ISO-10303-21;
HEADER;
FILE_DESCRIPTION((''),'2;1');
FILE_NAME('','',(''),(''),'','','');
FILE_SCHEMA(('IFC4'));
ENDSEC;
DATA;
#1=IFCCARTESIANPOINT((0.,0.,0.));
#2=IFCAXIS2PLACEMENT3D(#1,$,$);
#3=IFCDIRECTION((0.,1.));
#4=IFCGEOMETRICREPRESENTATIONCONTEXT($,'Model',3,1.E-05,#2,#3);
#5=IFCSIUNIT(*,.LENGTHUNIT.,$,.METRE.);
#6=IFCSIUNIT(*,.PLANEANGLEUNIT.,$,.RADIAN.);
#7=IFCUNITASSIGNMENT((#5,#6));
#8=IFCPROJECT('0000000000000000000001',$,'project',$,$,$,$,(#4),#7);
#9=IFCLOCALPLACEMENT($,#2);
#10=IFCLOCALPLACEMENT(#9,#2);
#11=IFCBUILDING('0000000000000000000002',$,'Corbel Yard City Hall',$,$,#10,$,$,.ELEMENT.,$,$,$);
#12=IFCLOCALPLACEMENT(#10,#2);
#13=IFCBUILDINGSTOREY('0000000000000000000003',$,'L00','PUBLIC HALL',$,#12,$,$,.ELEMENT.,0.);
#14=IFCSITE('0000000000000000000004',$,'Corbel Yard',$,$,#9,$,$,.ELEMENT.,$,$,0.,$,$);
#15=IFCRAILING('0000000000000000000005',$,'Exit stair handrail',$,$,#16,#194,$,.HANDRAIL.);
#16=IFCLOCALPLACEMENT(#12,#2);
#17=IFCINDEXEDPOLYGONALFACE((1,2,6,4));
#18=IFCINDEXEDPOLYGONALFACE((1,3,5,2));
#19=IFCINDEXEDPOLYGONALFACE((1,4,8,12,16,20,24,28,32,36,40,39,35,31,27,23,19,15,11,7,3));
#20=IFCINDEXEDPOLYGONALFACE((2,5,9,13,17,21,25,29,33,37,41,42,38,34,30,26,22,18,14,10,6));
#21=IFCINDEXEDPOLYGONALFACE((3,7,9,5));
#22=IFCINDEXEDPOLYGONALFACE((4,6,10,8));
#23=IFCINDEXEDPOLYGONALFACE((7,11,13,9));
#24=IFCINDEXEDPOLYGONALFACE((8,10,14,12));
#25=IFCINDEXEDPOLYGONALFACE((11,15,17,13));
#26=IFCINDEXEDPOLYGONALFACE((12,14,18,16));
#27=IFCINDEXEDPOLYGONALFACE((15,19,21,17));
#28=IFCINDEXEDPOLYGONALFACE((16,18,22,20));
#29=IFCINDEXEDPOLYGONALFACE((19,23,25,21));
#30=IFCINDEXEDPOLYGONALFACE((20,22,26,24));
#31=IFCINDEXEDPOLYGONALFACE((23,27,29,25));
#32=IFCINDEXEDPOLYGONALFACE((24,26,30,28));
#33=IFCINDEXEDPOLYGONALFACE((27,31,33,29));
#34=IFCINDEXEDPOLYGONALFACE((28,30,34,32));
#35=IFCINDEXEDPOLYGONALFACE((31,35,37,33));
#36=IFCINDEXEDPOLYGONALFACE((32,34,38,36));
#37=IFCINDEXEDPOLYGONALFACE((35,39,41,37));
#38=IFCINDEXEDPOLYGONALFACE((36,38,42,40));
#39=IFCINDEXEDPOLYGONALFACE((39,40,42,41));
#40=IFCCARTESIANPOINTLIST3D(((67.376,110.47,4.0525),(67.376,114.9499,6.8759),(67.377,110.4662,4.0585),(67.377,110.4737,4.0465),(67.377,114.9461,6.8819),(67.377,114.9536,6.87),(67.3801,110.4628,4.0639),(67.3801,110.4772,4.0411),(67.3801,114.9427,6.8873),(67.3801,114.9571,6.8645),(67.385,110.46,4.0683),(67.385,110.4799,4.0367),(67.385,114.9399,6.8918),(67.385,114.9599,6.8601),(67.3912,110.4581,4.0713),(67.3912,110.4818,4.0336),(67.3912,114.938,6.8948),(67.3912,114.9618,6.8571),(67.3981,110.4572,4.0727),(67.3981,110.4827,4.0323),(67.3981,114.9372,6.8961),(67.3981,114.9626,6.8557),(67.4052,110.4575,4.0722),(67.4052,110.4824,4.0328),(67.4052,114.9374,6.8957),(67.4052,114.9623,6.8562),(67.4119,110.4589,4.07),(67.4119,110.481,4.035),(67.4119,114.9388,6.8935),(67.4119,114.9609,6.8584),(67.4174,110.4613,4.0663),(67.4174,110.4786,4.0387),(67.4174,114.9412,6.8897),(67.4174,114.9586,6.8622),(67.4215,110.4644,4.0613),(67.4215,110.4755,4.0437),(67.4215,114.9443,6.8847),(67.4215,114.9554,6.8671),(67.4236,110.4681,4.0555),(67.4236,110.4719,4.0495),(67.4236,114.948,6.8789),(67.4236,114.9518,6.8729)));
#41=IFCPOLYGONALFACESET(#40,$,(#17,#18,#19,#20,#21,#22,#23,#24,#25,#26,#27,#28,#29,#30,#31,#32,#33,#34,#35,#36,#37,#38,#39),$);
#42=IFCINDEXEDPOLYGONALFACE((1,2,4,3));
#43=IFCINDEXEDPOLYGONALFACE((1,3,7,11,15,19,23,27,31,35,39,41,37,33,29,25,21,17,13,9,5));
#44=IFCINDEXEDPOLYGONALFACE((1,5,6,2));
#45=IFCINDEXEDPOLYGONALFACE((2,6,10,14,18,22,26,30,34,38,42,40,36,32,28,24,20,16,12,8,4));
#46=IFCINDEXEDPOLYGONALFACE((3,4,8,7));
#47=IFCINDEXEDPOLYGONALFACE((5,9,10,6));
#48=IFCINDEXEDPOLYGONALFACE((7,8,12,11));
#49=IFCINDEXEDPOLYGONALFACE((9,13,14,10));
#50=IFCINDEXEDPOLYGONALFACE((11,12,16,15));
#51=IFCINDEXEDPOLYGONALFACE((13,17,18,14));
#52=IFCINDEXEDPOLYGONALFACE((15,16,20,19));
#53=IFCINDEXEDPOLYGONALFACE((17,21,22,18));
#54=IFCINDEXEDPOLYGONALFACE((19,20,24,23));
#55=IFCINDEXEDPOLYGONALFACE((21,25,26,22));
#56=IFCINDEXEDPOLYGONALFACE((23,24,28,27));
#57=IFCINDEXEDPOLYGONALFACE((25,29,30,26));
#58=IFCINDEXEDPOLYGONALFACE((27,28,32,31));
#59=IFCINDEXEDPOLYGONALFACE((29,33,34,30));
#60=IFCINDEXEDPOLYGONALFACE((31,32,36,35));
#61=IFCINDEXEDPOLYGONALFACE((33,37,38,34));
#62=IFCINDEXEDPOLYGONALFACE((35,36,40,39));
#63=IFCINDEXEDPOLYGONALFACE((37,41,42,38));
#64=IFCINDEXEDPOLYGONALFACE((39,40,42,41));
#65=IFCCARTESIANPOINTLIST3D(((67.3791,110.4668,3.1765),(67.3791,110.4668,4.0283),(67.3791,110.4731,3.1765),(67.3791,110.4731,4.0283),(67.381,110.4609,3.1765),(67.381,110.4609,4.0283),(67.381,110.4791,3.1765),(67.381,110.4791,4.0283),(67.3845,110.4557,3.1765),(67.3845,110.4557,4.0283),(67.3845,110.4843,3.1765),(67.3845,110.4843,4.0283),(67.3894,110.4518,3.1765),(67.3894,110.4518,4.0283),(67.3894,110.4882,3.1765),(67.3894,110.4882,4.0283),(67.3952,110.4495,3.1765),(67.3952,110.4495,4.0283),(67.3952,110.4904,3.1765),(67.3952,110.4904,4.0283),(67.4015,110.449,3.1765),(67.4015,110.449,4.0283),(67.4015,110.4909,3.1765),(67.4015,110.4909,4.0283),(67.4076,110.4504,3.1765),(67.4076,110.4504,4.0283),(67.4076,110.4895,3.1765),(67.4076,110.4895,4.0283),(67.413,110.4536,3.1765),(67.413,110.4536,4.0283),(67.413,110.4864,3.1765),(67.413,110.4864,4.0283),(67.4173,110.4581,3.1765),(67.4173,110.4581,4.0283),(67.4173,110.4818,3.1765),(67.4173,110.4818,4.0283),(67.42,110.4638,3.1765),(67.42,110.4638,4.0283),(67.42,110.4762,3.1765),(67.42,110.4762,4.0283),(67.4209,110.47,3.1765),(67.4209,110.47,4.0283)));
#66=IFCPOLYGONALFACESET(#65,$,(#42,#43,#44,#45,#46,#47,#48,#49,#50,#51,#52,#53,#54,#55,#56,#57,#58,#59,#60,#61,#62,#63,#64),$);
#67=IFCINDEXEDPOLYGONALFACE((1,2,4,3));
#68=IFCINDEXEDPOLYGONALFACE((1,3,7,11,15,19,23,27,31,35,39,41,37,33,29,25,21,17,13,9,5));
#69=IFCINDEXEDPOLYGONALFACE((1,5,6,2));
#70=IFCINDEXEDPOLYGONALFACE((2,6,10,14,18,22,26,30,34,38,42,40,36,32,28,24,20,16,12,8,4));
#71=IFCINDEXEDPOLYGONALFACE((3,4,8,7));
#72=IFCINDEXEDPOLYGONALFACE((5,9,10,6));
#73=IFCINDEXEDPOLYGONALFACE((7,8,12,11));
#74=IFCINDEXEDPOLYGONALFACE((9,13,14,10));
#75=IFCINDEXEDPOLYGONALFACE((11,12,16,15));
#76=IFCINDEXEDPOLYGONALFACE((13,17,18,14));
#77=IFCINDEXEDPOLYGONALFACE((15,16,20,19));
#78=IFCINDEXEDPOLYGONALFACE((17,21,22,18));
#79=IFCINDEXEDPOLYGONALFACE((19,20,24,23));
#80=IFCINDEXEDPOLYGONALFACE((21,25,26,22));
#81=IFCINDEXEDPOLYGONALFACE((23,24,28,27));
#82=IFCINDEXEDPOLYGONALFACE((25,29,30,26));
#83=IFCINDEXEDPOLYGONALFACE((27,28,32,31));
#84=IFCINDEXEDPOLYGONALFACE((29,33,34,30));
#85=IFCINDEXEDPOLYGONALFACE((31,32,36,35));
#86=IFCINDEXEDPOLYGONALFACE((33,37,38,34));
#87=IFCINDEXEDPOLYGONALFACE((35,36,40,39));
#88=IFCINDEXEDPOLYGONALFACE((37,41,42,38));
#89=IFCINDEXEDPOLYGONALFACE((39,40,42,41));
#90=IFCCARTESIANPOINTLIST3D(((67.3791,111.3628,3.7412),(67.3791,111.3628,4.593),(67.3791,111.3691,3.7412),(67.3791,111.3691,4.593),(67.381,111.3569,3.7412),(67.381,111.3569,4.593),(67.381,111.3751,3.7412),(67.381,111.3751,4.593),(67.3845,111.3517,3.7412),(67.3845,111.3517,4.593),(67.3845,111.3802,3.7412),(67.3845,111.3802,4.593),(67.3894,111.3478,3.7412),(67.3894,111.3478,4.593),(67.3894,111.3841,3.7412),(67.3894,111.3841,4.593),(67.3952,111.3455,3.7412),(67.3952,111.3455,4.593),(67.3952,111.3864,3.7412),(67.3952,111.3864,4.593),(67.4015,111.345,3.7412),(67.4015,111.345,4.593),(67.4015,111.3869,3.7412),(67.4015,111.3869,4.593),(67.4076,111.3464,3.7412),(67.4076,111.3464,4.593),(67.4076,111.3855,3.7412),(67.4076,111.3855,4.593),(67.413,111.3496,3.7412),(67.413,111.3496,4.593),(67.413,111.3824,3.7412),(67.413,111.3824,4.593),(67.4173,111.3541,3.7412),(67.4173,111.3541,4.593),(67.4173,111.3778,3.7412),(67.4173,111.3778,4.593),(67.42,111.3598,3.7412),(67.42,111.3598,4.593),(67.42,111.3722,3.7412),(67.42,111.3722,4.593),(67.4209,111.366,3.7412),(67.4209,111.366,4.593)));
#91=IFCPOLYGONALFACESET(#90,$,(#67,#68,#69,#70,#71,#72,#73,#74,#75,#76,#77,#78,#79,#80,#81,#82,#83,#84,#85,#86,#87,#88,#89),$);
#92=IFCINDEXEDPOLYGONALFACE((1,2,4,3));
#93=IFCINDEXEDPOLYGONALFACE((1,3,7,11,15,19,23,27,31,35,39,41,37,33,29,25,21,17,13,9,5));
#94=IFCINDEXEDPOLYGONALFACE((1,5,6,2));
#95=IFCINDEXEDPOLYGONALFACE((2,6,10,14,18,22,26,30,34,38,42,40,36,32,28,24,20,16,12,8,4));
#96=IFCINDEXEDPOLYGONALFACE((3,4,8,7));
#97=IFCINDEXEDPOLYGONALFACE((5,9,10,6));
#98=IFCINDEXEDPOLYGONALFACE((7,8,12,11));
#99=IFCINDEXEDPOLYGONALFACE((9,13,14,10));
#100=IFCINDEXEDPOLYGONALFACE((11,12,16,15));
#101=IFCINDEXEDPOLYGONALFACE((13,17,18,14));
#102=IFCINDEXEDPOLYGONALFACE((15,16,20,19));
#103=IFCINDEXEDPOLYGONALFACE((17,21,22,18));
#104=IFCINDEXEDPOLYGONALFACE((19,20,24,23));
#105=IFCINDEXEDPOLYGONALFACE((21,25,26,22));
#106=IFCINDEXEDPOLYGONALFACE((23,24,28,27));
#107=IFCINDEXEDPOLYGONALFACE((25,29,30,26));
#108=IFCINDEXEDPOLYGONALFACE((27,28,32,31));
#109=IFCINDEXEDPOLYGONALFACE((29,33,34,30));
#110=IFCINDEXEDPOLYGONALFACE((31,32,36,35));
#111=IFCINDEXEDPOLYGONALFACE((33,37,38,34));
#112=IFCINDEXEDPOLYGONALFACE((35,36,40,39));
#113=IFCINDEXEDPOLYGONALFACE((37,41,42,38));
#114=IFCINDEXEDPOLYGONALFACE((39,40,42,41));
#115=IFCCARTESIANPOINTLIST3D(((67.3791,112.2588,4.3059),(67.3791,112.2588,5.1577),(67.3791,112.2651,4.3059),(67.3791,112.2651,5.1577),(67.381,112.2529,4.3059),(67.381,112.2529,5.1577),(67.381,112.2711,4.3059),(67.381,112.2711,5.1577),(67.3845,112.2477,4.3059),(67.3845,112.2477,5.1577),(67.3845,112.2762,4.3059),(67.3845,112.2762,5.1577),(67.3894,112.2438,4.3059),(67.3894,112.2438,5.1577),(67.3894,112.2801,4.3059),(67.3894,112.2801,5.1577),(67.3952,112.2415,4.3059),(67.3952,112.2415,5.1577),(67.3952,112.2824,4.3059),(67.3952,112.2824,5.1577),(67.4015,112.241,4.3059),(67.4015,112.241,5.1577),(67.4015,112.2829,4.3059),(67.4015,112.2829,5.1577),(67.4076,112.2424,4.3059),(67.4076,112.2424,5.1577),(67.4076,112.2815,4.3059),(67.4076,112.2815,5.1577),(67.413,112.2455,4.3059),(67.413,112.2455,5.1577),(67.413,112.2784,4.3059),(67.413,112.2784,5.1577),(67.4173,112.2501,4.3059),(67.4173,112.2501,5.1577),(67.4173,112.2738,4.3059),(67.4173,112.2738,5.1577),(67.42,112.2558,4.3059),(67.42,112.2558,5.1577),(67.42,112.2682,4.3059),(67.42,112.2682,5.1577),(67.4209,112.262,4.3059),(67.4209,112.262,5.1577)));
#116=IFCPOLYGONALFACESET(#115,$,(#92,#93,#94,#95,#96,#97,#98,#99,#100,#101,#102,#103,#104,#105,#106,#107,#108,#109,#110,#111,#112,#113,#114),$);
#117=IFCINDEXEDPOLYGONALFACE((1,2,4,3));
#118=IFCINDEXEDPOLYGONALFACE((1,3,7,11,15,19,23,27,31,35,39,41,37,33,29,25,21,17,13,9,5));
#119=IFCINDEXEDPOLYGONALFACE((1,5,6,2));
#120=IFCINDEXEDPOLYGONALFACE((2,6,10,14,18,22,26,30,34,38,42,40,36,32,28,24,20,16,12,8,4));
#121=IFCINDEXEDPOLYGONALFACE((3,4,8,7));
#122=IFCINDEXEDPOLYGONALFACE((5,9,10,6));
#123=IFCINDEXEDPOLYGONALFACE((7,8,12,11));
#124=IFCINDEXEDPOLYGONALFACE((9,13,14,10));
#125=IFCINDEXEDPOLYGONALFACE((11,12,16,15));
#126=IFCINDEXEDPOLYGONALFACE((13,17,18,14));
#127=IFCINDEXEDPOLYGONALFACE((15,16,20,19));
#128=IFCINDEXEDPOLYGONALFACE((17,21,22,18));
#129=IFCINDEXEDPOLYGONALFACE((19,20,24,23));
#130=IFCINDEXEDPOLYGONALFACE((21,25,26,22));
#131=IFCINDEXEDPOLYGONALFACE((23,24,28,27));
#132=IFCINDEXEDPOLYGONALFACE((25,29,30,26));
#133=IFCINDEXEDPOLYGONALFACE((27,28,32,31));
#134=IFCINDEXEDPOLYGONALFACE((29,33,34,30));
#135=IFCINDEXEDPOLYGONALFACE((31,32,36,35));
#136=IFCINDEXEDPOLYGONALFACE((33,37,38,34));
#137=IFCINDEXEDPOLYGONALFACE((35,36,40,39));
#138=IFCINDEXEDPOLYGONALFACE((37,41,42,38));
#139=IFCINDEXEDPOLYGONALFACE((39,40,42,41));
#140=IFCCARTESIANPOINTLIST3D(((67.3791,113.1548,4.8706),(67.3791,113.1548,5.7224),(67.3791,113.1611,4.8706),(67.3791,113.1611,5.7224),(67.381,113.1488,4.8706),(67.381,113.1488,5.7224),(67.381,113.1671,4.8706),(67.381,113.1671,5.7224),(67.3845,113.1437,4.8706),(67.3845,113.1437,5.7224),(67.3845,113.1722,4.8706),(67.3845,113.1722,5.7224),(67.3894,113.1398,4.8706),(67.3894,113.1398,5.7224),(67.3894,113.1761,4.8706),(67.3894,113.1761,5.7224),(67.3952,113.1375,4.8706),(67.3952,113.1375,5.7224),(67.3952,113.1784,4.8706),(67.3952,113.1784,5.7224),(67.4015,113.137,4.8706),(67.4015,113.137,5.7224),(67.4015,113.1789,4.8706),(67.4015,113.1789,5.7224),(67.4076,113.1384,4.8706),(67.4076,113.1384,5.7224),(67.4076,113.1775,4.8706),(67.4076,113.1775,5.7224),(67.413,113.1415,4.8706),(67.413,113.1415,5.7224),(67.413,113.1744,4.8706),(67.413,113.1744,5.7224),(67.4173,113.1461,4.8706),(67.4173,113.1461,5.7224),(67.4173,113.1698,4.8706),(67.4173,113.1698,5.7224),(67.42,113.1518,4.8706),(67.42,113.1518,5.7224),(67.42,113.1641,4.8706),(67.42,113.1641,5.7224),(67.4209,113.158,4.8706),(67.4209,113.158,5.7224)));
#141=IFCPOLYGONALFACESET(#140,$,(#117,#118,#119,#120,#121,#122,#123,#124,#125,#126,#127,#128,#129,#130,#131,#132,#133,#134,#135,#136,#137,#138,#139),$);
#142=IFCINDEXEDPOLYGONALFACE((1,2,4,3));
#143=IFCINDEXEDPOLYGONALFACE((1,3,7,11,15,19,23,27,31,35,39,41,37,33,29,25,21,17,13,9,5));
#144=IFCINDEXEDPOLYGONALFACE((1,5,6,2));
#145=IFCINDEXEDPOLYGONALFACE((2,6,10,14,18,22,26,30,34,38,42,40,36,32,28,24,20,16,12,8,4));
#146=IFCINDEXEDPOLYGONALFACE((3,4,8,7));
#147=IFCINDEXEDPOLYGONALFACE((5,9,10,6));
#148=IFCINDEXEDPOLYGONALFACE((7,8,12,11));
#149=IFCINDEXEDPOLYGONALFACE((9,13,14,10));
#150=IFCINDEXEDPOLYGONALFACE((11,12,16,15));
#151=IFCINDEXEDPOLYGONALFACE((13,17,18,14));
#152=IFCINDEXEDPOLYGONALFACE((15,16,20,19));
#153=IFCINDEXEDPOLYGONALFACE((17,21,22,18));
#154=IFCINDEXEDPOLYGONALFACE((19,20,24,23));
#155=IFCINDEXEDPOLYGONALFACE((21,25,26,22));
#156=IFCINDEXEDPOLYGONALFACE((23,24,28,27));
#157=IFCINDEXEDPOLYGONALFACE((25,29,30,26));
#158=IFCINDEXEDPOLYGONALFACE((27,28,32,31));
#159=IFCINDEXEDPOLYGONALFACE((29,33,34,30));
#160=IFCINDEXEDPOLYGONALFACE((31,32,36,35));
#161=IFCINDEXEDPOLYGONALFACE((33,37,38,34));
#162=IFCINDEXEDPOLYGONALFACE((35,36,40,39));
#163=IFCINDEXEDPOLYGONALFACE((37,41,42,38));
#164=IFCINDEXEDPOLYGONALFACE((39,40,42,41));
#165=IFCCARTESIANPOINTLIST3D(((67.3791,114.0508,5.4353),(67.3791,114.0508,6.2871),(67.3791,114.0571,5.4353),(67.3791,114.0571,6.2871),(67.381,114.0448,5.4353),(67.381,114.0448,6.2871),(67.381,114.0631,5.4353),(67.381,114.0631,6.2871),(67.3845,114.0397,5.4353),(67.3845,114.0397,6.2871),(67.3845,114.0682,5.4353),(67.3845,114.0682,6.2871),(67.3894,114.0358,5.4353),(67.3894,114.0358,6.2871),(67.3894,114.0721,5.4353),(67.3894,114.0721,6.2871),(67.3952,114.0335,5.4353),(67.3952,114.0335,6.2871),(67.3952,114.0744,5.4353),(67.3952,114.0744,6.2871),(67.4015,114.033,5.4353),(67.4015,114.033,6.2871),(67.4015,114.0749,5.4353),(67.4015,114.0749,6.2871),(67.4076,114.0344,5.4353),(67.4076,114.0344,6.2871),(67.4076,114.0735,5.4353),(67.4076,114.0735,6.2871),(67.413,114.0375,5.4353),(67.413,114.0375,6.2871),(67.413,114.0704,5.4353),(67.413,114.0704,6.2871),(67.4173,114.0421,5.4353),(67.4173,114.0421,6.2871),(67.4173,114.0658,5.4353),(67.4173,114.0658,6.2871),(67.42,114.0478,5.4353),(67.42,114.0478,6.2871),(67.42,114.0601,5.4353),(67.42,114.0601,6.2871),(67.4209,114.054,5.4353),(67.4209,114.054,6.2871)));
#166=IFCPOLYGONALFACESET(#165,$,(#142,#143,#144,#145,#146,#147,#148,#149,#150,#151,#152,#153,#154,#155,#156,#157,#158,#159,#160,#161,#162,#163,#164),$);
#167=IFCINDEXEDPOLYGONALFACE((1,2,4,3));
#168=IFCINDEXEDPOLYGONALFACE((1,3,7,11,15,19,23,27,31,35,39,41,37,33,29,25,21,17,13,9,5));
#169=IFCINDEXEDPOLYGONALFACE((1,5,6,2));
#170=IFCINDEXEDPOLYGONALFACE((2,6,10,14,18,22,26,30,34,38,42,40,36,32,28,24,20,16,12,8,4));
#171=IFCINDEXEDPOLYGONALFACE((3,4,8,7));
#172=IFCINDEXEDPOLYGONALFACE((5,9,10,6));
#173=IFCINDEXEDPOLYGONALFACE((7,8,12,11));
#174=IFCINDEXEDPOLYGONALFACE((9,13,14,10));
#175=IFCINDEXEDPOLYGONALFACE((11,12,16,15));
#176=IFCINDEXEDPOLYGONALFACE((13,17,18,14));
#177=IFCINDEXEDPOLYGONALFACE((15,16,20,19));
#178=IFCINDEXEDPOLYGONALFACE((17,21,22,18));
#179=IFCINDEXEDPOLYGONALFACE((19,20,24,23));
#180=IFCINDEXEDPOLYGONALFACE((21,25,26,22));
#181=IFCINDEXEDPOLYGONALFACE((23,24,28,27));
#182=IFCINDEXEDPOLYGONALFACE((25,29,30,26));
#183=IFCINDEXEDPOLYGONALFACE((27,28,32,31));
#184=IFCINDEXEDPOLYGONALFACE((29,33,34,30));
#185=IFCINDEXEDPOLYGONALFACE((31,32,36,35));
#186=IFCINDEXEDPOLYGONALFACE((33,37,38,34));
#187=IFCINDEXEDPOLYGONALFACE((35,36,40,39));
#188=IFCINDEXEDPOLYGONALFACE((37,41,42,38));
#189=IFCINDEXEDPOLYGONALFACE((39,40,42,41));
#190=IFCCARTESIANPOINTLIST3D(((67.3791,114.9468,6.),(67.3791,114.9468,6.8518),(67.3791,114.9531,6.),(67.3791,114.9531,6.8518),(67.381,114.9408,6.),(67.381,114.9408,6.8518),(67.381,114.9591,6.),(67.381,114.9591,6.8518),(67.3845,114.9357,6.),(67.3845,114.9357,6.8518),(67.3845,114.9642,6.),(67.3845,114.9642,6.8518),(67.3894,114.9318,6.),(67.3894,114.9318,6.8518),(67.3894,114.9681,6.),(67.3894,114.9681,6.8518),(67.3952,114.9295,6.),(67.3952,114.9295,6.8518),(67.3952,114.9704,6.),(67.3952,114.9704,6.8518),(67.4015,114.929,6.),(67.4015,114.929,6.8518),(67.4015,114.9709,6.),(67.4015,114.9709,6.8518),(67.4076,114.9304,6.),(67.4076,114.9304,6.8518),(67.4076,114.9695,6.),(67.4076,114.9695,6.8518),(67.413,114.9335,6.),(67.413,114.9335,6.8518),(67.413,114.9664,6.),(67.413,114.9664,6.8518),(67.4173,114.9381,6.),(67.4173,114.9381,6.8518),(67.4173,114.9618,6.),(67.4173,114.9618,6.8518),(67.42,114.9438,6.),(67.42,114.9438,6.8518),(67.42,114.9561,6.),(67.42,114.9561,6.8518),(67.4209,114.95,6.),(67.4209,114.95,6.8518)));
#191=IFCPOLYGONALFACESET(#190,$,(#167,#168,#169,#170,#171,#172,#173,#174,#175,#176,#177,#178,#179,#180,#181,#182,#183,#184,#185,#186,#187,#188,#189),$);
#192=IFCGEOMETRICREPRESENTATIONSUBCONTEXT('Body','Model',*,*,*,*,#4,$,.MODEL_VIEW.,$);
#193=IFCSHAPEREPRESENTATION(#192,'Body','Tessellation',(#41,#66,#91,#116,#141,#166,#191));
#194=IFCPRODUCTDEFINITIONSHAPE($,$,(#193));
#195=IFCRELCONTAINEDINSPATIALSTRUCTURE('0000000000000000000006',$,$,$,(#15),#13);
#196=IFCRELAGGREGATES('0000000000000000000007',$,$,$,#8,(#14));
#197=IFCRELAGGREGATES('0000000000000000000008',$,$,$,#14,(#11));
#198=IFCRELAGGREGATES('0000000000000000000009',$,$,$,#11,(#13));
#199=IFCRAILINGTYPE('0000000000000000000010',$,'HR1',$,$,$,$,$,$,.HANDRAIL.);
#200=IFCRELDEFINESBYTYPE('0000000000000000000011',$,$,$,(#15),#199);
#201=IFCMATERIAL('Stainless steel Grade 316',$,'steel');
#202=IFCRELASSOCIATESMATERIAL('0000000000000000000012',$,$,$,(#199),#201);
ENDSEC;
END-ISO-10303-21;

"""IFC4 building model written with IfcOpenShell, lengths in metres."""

from ifc_helpers import new_model, si_unit, direction, frame, origin, origin_2d, place, context, subcontext, project, spatial, circle, extrude, material, type_object, element, save


model = new_model("IFC4")

# Units and contexts
model_context = context("Model", 3, precision=1e-05, world=origin(), true_north=direction((0.0, 1.0)))
body_context = subcontext(model_context, "Body", "Model", "MODEL_VIEW")
ifc_project = project(units=[si_unit("LENGTHUNIT", "METRE"), si_unit("PLANEANGLEUNIT", "RADIAN")], contexts=[model_context])

# Site, building, storey
site_placement = place(None, origin())
site = spatial("IfcSite", under=ifc_project, at=site_placement, Name="Corbel Yard", CompositionType="ELEMENT", RefElevation=0.0)
building_placement = place(site_placement, origin())
building = spatial("IfcBuilding", under=site, at=building_placement, Name="Corbel Yard City Hall", CompositionType="ELEMENT")
storey_placement = place(building_placement, origin())
storey = spatial("IfcBuildingStorey", under=building, at=storey_placement, Name="L00", Description="PUBLIC HALL", CompositionType="ELEMENT", Elevation=0.0)

# Shared definitions
ifc_material_1 = material(Name="Stainless steel Grade 316", Category="steel")

# Railing
railing_type = type_object("IfcRailingType", Name="HR1", PredefinedType="HANDRAIL", material=ifc_material_1)
for number, where, name in (
    (1, (67.3999, 110.47, 3.1765), "Exit stair handrail"),
):
    element("IfcRailing", number, at=place(storey_placement, frame(where)), inside=storey, type_object=railing_type, Name=name, PredefinedType="HANDRAIL", context=body_context, shape_type="SweptSolid", body=[
        extrude(circle(Radius=0.0239, at=origin_2d()), frame((0.0, 0.0, 0.876), z_axis=(0.0, 0.845998, 0.533186), x_axis=(-1.0, 0.0, 0.0)), (0.0, 0.0, 1.0), 5.2954),
        extrude(circle(Radius=0.021, at=origin_2d()), origin(), (0.0, 0.0, 1.0), 0.8518),
        extrude(circle(Radius=0.021, at=origin_2d()), frame((0.0, 0.896, 0.5647)), (0.0, 0.0, 1.0), 0.8518),
        extrude(circle(Radius=0.021, at=origin_2d()), frame((0.0, 1.792, 1.1294)), (0.0, 0.0, 1.0), 0.8518),
        extrude(circle(Radius=0.021, at=origin_2d()), frame((0.0, 2.688, 1.6941)), (0.0, 0.0, 1.0), 0.8518),
        extrude(circle(Radius=0.021, at=origin_2d()), frame((0.0, 3.584, 2.2588)), (0.0, 0.0, 1.0), 0.8518),
        extrude(circle(Radius=0.021, at=origin_2d()), frame((0.0, 4.48, 2.8235)), (0.0, 0.0, 1.0), 0.8518),
    ])

save(model, "model.ifc")
